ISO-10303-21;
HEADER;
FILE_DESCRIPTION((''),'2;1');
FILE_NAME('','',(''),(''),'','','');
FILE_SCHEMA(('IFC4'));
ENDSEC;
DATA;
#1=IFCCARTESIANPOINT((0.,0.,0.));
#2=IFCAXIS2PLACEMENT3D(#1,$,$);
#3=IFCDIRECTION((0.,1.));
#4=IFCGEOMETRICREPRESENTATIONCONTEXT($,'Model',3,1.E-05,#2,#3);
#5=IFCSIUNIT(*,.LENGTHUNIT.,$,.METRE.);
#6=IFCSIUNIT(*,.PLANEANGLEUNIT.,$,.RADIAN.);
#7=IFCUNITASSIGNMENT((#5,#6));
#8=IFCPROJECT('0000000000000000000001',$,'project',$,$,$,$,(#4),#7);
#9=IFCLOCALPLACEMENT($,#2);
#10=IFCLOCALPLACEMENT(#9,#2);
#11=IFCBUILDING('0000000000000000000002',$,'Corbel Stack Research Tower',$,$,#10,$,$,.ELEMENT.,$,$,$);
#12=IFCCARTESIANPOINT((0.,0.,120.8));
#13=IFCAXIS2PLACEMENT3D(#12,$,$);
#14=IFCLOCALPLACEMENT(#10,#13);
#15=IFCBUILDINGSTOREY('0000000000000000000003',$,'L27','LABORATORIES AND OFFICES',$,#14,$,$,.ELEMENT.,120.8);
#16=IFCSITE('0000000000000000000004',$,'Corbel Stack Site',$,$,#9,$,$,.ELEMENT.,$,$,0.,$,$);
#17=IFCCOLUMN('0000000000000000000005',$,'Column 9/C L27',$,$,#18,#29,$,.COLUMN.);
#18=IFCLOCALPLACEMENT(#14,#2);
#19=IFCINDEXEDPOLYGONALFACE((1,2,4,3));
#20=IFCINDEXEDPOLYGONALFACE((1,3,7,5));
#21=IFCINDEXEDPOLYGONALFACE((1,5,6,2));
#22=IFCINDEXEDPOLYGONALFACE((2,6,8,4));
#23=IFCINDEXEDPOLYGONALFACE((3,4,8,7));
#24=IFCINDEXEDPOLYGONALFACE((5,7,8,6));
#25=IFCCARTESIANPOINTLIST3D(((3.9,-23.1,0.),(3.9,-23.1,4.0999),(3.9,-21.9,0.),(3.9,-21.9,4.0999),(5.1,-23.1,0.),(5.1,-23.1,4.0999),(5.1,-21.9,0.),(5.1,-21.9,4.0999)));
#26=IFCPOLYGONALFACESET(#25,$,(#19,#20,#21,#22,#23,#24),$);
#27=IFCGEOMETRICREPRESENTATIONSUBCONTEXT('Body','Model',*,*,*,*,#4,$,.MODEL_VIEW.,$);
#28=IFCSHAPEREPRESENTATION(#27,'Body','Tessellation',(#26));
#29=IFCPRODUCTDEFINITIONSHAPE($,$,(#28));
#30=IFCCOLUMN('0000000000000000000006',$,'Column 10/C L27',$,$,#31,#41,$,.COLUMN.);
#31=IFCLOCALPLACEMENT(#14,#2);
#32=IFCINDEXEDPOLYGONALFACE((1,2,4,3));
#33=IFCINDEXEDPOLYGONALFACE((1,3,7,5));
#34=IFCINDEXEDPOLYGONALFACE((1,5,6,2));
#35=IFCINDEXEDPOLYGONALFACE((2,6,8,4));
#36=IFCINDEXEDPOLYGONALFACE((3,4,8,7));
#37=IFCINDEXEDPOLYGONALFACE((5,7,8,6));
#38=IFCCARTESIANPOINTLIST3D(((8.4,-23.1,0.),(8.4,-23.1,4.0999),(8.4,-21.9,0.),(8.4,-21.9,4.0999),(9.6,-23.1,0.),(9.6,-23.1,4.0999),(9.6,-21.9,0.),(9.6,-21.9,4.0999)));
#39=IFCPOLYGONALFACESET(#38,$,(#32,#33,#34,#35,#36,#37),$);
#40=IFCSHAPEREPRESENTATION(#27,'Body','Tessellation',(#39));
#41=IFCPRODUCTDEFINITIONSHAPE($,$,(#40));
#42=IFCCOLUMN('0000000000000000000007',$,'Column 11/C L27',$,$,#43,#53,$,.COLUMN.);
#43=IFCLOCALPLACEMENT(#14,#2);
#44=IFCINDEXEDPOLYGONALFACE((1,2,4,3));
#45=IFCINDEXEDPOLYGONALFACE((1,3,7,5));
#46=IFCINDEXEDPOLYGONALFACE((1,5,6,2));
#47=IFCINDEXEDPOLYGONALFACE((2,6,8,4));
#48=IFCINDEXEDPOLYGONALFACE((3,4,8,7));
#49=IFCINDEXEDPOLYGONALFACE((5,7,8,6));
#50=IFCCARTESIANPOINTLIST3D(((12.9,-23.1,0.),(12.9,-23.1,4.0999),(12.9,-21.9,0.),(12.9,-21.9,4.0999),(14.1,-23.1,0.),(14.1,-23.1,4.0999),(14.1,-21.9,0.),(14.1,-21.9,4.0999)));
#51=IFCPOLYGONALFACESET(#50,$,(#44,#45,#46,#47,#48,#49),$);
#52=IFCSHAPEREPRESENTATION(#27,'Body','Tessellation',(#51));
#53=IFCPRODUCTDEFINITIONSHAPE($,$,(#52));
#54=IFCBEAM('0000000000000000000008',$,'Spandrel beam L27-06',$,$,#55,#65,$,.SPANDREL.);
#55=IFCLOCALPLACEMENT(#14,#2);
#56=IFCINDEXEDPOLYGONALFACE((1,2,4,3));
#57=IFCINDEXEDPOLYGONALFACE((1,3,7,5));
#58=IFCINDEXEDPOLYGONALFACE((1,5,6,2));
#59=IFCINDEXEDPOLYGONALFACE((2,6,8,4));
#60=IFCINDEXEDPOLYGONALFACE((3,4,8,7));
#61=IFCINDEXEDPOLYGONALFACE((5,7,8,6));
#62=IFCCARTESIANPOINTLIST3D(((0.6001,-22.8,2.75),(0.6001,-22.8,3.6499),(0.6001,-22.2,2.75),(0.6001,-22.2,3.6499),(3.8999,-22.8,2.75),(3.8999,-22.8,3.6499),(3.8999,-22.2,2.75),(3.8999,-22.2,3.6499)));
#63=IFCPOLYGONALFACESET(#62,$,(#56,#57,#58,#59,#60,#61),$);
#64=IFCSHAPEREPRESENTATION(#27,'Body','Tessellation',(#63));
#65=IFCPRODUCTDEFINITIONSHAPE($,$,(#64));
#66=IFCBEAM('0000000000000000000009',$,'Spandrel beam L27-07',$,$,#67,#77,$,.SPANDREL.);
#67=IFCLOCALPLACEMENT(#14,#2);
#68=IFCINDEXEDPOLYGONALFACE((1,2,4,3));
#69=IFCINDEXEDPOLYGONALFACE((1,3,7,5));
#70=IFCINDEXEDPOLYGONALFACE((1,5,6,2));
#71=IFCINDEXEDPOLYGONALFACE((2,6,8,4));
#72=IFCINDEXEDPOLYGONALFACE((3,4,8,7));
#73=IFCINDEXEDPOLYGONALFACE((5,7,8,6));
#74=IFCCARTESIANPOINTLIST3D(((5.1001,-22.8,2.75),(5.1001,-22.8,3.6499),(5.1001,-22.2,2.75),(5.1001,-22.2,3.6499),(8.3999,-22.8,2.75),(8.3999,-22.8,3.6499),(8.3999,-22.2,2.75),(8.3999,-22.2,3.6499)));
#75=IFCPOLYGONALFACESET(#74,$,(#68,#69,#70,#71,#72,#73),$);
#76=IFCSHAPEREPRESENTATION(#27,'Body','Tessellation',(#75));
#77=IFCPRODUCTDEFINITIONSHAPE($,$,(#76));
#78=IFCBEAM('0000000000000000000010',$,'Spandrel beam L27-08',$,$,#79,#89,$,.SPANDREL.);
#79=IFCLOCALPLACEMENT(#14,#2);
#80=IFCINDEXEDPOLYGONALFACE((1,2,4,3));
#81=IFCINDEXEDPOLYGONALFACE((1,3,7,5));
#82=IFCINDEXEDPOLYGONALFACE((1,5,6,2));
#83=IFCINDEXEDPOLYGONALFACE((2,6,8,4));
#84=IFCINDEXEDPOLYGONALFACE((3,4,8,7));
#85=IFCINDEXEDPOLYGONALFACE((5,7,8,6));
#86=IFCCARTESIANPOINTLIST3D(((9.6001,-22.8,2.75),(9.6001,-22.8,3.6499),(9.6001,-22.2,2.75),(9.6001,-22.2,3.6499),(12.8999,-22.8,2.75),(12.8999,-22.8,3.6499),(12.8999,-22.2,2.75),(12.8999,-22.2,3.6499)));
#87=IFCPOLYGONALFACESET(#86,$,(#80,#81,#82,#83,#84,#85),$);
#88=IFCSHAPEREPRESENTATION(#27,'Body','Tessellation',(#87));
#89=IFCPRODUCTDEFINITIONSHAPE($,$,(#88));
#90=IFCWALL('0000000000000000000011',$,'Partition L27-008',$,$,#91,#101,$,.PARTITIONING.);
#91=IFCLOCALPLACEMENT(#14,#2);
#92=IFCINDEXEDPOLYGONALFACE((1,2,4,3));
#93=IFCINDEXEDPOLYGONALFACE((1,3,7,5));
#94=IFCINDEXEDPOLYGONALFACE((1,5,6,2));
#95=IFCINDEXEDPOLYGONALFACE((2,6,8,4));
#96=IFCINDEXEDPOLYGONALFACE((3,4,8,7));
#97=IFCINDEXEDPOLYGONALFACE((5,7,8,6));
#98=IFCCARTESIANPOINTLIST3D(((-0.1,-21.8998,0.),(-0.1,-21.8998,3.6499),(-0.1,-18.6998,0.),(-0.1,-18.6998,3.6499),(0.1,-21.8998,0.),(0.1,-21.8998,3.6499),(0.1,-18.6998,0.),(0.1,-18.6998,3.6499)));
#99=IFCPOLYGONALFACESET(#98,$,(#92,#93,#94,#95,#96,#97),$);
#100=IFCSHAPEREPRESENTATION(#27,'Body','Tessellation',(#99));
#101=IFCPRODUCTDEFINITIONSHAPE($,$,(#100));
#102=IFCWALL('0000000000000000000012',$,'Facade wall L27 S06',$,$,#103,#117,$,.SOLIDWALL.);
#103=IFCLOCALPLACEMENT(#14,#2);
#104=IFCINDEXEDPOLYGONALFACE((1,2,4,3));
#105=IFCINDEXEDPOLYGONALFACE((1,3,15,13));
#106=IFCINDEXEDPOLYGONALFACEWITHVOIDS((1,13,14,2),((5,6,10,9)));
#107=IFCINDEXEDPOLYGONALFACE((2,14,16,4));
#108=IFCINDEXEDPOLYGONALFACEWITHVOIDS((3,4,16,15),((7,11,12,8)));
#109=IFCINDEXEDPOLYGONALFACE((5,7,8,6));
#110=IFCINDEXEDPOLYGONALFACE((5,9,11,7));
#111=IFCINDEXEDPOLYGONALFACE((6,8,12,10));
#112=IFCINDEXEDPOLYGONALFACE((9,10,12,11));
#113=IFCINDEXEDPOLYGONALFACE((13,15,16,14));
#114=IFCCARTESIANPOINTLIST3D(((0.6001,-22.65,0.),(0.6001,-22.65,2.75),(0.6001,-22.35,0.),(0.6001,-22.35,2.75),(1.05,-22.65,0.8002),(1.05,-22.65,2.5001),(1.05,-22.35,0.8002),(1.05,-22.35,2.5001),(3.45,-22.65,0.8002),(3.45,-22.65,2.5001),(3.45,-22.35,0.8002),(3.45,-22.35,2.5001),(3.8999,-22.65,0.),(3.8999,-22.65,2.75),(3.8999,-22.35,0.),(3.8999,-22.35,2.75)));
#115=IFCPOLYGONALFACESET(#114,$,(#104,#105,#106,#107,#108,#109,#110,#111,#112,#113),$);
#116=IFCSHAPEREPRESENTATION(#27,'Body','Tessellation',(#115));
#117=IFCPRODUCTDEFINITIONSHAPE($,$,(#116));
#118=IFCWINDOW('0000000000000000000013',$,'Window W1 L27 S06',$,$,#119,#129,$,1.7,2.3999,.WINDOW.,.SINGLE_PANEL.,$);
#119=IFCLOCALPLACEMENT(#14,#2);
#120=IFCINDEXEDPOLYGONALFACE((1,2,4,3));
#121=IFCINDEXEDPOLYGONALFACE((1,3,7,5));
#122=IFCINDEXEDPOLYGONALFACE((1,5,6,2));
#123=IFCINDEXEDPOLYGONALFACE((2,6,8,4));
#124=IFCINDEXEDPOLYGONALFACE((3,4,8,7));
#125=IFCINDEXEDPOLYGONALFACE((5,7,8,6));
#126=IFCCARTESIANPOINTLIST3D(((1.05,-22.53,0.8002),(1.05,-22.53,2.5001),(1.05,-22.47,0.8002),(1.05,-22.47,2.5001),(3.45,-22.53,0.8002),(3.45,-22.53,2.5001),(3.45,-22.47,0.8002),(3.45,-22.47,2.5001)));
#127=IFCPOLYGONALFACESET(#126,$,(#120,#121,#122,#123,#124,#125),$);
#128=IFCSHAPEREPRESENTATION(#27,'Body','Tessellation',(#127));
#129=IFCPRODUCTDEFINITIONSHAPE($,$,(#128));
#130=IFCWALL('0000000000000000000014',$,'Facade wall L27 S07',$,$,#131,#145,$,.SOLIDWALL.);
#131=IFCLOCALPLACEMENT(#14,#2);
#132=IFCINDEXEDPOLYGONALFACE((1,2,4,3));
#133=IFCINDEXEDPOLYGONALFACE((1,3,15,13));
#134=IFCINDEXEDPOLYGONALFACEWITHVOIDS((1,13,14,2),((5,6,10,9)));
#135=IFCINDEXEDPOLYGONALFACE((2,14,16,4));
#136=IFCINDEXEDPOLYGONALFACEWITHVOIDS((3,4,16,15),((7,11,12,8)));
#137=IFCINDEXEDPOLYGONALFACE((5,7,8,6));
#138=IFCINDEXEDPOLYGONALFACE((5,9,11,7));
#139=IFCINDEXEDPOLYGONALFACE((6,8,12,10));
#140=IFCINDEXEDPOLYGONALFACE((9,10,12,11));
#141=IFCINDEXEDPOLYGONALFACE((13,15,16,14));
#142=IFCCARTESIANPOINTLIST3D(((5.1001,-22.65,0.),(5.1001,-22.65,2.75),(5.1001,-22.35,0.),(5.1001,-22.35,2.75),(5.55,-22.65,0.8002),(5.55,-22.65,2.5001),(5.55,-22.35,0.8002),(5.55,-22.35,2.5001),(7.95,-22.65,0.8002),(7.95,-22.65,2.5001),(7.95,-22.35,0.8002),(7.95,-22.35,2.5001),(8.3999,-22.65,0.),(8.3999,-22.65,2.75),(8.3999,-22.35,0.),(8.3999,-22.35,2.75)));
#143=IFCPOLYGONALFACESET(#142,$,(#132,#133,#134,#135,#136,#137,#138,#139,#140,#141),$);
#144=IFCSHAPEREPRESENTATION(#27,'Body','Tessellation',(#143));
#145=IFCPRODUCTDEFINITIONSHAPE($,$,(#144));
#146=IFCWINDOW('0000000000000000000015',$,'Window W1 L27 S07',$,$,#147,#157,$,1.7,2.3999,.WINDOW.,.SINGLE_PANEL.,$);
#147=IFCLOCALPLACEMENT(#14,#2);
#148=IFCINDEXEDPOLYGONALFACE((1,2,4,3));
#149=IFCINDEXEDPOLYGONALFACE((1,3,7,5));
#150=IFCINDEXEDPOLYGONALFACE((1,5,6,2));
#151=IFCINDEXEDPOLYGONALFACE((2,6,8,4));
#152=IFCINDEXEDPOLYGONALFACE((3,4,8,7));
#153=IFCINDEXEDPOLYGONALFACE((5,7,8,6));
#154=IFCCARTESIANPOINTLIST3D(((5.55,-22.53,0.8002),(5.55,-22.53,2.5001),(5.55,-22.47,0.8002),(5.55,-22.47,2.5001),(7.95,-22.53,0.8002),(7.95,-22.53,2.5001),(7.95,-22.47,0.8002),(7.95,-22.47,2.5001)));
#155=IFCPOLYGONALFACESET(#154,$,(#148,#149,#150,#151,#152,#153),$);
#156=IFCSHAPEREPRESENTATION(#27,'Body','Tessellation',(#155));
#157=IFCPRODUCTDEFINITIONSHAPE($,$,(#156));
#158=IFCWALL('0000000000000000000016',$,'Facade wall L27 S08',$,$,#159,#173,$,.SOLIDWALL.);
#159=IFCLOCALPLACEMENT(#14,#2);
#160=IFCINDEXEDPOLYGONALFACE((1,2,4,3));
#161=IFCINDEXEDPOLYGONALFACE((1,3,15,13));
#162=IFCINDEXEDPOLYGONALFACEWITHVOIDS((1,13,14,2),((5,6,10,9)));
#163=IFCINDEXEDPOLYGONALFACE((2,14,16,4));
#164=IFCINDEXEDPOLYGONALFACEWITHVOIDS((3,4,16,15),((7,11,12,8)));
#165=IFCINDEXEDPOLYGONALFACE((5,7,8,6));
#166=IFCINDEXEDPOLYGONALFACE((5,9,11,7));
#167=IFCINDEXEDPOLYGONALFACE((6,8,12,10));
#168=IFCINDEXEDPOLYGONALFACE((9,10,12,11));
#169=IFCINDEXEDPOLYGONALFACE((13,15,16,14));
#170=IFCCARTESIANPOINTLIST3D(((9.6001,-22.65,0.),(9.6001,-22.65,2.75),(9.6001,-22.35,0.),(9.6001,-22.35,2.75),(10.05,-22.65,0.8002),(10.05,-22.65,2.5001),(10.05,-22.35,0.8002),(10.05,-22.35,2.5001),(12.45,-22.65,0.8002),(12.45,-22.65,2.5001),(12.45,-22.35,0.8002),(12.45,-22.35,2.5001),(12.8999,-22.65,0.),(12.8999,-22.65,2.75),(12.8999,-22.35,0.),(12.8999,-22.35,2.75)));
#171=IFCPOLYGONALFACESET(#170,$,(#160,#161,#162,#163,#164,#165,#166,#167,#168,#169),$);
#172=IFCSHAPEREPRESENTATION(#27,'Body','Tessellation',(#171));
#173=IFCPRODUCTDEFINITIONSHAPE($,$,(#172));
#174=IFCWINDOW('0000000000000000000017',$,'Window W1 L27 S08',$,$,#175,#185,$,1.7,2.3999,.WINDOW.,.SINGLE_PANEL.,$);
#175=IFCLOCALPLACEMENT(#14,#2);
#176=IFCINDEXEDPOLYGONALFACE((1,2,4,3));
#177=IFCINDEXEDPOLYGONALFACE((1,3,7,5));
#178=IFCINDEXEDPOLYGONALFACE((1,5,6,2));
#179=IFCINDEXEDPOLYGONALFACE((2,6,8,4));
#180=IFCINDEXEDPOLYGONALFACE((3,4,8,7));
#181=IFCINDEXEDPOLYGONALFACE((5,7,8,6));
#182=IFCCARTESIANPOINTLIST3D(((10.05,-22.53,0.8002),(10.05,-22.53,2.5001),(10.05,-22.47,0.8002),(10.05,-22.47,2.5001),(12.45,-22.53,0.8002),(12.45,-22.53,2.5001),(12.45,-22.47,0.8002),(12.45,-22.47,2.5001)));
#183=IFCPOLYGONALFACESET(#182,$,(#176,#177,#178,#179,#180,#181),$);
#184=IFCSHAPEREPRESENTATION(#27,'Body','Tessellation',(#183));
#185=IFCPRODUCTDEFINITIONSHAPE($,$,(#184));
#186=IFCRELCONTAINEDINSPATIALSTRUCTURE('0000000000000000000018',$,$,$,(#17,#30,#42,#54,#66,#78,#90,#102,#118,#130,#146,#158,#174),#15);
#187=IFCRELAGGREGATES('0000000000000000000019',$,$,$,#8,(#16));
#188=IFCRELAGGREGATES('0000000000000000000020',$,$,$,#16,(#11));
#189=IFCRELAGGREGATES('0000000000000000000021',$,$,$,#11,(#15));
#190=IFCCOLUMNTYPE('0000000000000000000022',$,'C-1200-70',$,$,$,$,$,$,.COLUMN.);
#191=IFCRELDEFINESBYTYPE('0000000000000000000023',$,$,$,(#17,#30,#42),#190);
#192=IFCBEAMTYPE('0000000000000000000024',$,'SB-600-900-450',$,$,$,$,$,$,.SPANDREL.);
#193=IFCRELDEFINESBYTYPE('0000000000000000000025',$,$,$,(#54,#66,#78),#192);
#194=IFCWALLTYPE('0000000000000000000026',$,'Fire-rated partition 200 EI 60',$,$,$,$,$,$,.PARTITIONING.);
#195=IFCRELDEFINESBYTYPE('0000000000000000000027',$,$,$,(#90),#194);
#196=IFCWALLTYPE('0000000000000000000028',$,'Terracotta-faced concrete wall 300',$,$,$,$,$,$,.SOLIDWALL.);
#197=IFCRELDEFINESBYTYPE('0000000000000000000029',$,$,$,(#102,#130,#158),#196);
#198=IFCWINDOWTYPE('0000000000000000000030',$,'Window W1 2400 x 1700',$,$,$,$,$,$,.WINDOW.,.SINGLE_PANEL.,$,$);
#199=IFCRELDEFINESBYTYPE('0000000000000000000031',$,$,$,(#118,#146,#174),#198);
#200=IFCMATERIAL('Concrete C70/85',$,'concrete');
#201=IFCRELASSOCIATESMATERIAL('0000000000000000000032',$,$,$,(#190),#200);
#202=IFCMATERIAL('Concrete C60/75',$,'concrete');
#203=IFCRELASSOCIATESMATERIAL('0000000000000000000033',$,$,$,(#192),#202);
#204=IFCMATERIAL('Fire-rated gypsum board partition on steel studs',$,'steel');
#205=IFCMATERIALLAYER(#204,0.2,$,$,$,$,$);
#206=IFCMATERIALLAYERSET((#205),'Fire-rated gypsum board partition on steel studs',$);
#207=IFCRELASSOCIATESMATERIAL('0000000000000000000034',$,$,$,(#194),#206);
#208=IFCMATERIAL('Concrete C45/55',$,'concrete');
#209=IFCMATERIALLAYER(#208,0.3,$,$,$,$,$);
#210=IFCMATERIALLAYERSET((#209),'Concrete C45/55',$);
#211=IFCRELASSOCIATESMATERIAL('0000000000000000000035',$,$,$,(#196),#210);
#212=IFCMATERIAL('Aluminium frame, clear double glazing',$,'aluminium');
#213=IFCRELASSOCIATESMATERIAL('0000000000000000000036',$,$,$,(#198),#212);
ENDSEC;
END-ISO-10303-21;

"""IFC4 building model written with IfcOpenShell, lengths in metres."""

from ifc_helpers import new_model, si_unit, direction, frame, frame_2d, origin, origin_2d, place, context, subcontext, project, spatial, rectangle, extrude, material, layer, layer_set, material_profile, profile_set, type_object, element, fill, save


model = new_model("IFC4")

# Units and contexts
model_context = context("Model", 3, precision=1e-05, world=origin(), true_north=direction((0.0, 1.0)))
body_context = subcontext(model_context, "Body", "Model", "MODEL_VIEW")
ifc_project = project(units=[si_unit("LENGTHUNIT", "METRE"), si_unit("PLANEANGLEUNIT", "RADIAN")], contexts=[model_context])

# Site, building, storey
site_placement = place(None, origin())
site = spatial("IfcSite", under=ifc_project, at=site_placement, Name="Corbel Stack Site", CompositionType="ELEMENT", RefElevation=0.0)
building_placement = place(site_placement, origin())
building = spatial("IfcBuilding", under=site, at=building_placement, Name="Corbel Stack Research Tower", CompositionType="ELEMENT")
storey_placement = place(building_placement, frame((0.0, 0.0, 120.8)))
storey = spatial("IfcBuildingStorey", under=building, at=storey_placement, Name="L27", Description="LABORATORIES AND OFFICES", CompositionType="ELEMENT", Elevation=120.8)

# Columns
ifc_material_1 = material(Name="Concrete C70/85", Category="concrete")
ifc_material_profile_1 = material_profile(ifc_material_1, rectangle(XDim=1.2, YDim=1.2, at=origin_2d()), Name="RC 1200 x 1200")
ifc_profile_set_1 = profile_set([ifc_material_profile_1], Name="Concrete C70/85")
column_type = type_object("IfcColumnType", Name="C-1200-70", PredefinedType="COLUMN", material=ifc_profile_set_1)
for number, where, z_axis, x_axis, name in (
    (1, (4.5, -22.5, 0.0), (0.0, 0.0, 1.0), (1.0, 0.0, 0.0), "Column 9/C L27"),
    (2, (9.0, -22.5, 0.0), (0.0, 0.0, 1.0), (1.0, 0.0, 0.0), "Column 10/C L27"),
    (3, (13.5, -22.5, 0.0), (0.0, 0.0, 1.0), (1.0, 0.0, 0.0), "Column 11/C L27"),
):
    element("IfcColumn", number, at=place(storey_placement, frame(where, z_axis=z_axis, x_axis=x_axis)), inside=storey, type_object=column_type, Name=name, PredefinedType="COLUMN", context=body_context, shape_type="SweptSolid", body=[
        extrude(rectangle(XDim=1.2, YDim=1.2, at=origin_2d()), origin(), (0.0, 0.0, 1.0), 4.0999),
    ])

# Beams
ifc_material_2 = material(Name="Concrete C60/75", Category="concrete")
ifc_material_profile_2 = material_profile(ifc_material_2, rectangle(XDim=0.6001, YDim=0.8999, at=origin_2d()), Name="RC 600 x 900")
ifc_profile_set_2 = profile_set([ifc_material_profile_2], Name="Concrete C60/75")
beam_type = type_object("IfcBeamType", Name="SB-600-900-450", PredefinedType="SPANDREL", material=ifc_profile_set_2)
for number, where, z_axis, x_axis, name in (
    (4, (0.6001, -22.5, 3.2), (1.0, 0.0, 0.0), (0.0, 1.0, 0.0), "Spandrel beam L27-06"),
    (5, (5.1001, -22.5, 3.2), (1.0, 0.0, 0.0), (0.0, 1.0, 0.0), "Spandrel beam L27-07"),
    (6, (9.6001, -22.5, 3.2), (1.0, 0.0, 0.0), (0.0, 1.0, 0.0), "Spandrel beam L27-08"),
):
    element("IfcBeam", number, at=place(storey_placement, frame(where, z_axis=z_axis, x_axis=x_axis)), inside=storey, type_object=beam_type, Name=name, PredefinedType="SPANDREL", context=body_context, shape_type="SweptSolid", body=[
        extrude(rectangle(XDim=0.6001, YDim=0.8999, at=origin_2d()), origin(), (0.0, 0.0, 1.0), 3.2998),
    ])

# Wall
ifc_material_3 = material(Name="Fire-rated gypsum board partition on steel studs", Category="steel")
ifc_layer_1 = layer(ifc_material_3, 0.2)
ifc_layer_set_1 = layer_set([ifc_layer_1], Name="Fire-rated gypsum board partition on steel studs")
wall_type_1 = type_object("IfcWallType", Name="Fire-rated partition 200 EI 60", PredefinedType="PARTITIONING", material=ifc_layer_set_1)
wall_1_placement = place(storey_placement, frame((0.0, -21.8999, 0.0), z_axis=(0.0, 0.0, 1.0), x_axis=(0.0, 1.0, 0.0)))
element("IfcWall", 7, at=wall_1_placement, inside=storey, type_object=wall_type_1, Name="Partition L27-008", PredefinedType="PARTITIONING", context=body_context, shape_type="SweptSolid", body=[
    extrude(rectangle(XDim=3.2, YDim=0.2, at=frame_2d((1.6001, 0.0))), origin(), (0.0, 0.0, 1.0), 3.6499),
])

# Walls, openings, windows
ifc_material_4 = material(Name="Concrete C45/55", Category="concrete")
ifc_layer_2 = layer(ifc_material_4, 0.3)
ifc_layer_set_2 = layer_set([ifc_layer_2], Name="Concrete C45/55")
wall_type_2 = type_object("IfcWallType", Name="Terracotta-faced concrete wall 300", PredefinedType="SOLIDWALL", material=ifc_layer_set_2)
wall_2_placement = place(storey_placement, frame((3.8999, -22.5, 0.0), z_axis=(0.0, 0.0, 1.0), x_axis=(-1.0, 0.0, 0.0)))
wall_2 = element("IfcWall", 8, at=wall_2_placement, inside=storey, type_object=wall_type_2, Name="Facade wall L27 S06", PredefinedType="SOLIDWALL", context=body_context, shape_type="SweptSolid", body=[
    extrude(rectangle(XDim=3.2998, YDim=0.3, at=frame_2d((1.6499, 0.0))), origin(), (0.0, 0.0, 1.0), 2.75),
])
opening_1_placement = place(wall_2_placement, frame((0.45, 0.0, 0.8)))
opening_1 = element("IfcOpeningElement", 9, at=opening_1_placement, cuts=wall_2, PredefinedType="OPENING", context=body_context, shape_type="SweptSolid", body=[
    extrude(rectangle(XDim=2.3999, YDim=1.7, at=frame_2d((1.2, 0.8501))), frame((0.0, 0.1599, 0.0), z_axis=(0.0, -1.0, 0.0), x_axis=(1.0, 0.0, 0.0)), (0.0, 0.0, 1.0), 0.3201),
])
ifc_material_5 = material(Name="Aluminium frame, clear double glazing", Category="aluminium")
window_type = type_object("IfcWindowType", Name="Window W1 2400 x 1700", PartitioningType="SINGLE_PANEL", PredefinedType="WINDOW", material=ifc_material_5)
window_1_placement = place(opening_1_placement, origin())
window_1 = element("IfcWindow", 10, at=window_1_placement, inside=storey, type_object=window_type, Name="Window W1 L27 S06", OverallHeight=1.7, OverallWidth=2.3999, PartitioningType="SINGLE_PANEL", PredefinedType="WINDOW", context=body_context, shape_type="SweptSolid", body=[
    extrude(rectangle(XDim=2.3999, YDim=1.7, at=frame_2d((1.2, 0.8501))), frame((0.0, 0.03, 0.0), z_axis=(0.0, -1.0, 0.0), x_axis=(1.0, 0.0, 0.0)), (0.0, 0.0, 1.0), 0.0601),
])
fill(opening_1, window_1)
wall_3_placement = place(storey_placement, frame((8.3999, -22.5, 0.0), z_axis=(0.0, 0.0, 1.0), x_axis=(-1.0, 0.0, 0.0)))
wall_3 = element("IfcWall", 11, at=wall_3_placement, inside=storey, type_object=wall_type_2, Name="Facade wall L27 S07", PredefinedType="SOLIDWALL", context=body_context, shape_type="SweptSolid", body=[
    extrude(rectangle(XDim=3.2998, YDim=0.3, at=frame_2d((1.6499, 0.0))), origin(), (0.0, 0.0, 1.0), 2.75),
])
opening_2_placement = place(wall_3_placement, frame((0.45, 0.0, 0.8)))
opening_2 = element("IfcOpeningElement", 12, at=opening_2_placement, cuts=wall_3, PredefinedType="OPENING", context=body_context, shape_type="SweptSolid", body=[
    extrude(rectangle(XDim=2.3999, YDim=1.7, at=frame_2d((1.2, 0.8501))), frame((0.0, 0.1599, 0.0), z_axis=(0.0, -1.0, 0.0), x_axis=(1.0, 0.0, 0.0)), (0.0, 0.0, 1.0), 0.3201),
])
window_2_placement = place(opening_2_placement, origin())
window_2 = element("IfcWindow", 13, at=window_2_placement, inside=storey, type_object=window_type, Name="Window W1 L27 S07", OverallHeight=1.7, OverallWidth=2.3999, PartitioningType="SINGLE_PANEL", PredefinedType="WINDOW", context=body_context, shape_type="SweptSolid", body=[
    extrude(rectangle(XDim=2.3999, YDim=1.7, at=frame_2d((1.2, 0.8501))), frame((0.0, 0.03, 0.0), z_axis=(0.0, -1.0, 0.0), x_axis=(1.0, 0.0, 0.0)), (0.0, 0.0, 1.0), 0.0601),
])
fill(opening_2, window_2)
wall_4_placement = place(storey_placement, frame((12.8999, -22.5, 0.0), z_axis=(0.0, 0.0, 1.0), x_axis=(-1.0, 0.0, 0.0)))
wall_4 = element("IfcWall", 14, at=wall_4_placement, inside=storey, type_object=wall_type_2, Name="Facade wall L27 S08", PredefinedType="SOLIDWALL", context=body_context, shape_type="SweptSolid", body=[
    extrude(rectangle(XDim=3.2998, YDim=0.3, at=frame_2d((1.6499, 0.0))), origin(), (0.0, 0.0, 1.0), 2.75),
])
opening_3_placement = place(wall_4_placement, frame((0.45, 0.0, 0.8)))
opening_3 = element("IfcOpeningElement", 15, at=opening_3_placement, cuts=wall_4, PredefinedType="OPENING", context=body_context, shape_type="SweptSolid", body=[
    extrude(rectangle(XDim=2.3999, YDim=1.7, at=frame_2d((1.2, 0.8501))), frame((0.0, 0.1599, 0.0), z_axis=(0.0, -1.0, 0.0), x_axis=(1.0, 0.0, 0.0)), (0.0, 0.0, 1.0), 0.3201),
])
window_3_placement = place(opening_3_placement, origin())
window_3 = element("IfcWindow", 16, at=window_3_placement, inside=storey, type_object=window_type, Name="Window W1 L27 S08", OverallHeight=1.7, OverallWidth=2.3999, PartitioningType="SINGLE_PANEL", PredefinedType="WINDOW", context=body_context, shape_type="SweptSolid", body=[
    extrude(rectangle(XDim=2.3999, YDim=1.7, at=frame_2d((1.2, 0.8501))), frame((0.0, 0.03, 0.0), z_axis=(0.0, -1.0, 0.0), x_axis=(1.0, 0.0, 0.0)), (0.0, 0.0, 1.0), 0.0601),
])
fill(opening_3, window_3)

save(model, "model.ifc")
